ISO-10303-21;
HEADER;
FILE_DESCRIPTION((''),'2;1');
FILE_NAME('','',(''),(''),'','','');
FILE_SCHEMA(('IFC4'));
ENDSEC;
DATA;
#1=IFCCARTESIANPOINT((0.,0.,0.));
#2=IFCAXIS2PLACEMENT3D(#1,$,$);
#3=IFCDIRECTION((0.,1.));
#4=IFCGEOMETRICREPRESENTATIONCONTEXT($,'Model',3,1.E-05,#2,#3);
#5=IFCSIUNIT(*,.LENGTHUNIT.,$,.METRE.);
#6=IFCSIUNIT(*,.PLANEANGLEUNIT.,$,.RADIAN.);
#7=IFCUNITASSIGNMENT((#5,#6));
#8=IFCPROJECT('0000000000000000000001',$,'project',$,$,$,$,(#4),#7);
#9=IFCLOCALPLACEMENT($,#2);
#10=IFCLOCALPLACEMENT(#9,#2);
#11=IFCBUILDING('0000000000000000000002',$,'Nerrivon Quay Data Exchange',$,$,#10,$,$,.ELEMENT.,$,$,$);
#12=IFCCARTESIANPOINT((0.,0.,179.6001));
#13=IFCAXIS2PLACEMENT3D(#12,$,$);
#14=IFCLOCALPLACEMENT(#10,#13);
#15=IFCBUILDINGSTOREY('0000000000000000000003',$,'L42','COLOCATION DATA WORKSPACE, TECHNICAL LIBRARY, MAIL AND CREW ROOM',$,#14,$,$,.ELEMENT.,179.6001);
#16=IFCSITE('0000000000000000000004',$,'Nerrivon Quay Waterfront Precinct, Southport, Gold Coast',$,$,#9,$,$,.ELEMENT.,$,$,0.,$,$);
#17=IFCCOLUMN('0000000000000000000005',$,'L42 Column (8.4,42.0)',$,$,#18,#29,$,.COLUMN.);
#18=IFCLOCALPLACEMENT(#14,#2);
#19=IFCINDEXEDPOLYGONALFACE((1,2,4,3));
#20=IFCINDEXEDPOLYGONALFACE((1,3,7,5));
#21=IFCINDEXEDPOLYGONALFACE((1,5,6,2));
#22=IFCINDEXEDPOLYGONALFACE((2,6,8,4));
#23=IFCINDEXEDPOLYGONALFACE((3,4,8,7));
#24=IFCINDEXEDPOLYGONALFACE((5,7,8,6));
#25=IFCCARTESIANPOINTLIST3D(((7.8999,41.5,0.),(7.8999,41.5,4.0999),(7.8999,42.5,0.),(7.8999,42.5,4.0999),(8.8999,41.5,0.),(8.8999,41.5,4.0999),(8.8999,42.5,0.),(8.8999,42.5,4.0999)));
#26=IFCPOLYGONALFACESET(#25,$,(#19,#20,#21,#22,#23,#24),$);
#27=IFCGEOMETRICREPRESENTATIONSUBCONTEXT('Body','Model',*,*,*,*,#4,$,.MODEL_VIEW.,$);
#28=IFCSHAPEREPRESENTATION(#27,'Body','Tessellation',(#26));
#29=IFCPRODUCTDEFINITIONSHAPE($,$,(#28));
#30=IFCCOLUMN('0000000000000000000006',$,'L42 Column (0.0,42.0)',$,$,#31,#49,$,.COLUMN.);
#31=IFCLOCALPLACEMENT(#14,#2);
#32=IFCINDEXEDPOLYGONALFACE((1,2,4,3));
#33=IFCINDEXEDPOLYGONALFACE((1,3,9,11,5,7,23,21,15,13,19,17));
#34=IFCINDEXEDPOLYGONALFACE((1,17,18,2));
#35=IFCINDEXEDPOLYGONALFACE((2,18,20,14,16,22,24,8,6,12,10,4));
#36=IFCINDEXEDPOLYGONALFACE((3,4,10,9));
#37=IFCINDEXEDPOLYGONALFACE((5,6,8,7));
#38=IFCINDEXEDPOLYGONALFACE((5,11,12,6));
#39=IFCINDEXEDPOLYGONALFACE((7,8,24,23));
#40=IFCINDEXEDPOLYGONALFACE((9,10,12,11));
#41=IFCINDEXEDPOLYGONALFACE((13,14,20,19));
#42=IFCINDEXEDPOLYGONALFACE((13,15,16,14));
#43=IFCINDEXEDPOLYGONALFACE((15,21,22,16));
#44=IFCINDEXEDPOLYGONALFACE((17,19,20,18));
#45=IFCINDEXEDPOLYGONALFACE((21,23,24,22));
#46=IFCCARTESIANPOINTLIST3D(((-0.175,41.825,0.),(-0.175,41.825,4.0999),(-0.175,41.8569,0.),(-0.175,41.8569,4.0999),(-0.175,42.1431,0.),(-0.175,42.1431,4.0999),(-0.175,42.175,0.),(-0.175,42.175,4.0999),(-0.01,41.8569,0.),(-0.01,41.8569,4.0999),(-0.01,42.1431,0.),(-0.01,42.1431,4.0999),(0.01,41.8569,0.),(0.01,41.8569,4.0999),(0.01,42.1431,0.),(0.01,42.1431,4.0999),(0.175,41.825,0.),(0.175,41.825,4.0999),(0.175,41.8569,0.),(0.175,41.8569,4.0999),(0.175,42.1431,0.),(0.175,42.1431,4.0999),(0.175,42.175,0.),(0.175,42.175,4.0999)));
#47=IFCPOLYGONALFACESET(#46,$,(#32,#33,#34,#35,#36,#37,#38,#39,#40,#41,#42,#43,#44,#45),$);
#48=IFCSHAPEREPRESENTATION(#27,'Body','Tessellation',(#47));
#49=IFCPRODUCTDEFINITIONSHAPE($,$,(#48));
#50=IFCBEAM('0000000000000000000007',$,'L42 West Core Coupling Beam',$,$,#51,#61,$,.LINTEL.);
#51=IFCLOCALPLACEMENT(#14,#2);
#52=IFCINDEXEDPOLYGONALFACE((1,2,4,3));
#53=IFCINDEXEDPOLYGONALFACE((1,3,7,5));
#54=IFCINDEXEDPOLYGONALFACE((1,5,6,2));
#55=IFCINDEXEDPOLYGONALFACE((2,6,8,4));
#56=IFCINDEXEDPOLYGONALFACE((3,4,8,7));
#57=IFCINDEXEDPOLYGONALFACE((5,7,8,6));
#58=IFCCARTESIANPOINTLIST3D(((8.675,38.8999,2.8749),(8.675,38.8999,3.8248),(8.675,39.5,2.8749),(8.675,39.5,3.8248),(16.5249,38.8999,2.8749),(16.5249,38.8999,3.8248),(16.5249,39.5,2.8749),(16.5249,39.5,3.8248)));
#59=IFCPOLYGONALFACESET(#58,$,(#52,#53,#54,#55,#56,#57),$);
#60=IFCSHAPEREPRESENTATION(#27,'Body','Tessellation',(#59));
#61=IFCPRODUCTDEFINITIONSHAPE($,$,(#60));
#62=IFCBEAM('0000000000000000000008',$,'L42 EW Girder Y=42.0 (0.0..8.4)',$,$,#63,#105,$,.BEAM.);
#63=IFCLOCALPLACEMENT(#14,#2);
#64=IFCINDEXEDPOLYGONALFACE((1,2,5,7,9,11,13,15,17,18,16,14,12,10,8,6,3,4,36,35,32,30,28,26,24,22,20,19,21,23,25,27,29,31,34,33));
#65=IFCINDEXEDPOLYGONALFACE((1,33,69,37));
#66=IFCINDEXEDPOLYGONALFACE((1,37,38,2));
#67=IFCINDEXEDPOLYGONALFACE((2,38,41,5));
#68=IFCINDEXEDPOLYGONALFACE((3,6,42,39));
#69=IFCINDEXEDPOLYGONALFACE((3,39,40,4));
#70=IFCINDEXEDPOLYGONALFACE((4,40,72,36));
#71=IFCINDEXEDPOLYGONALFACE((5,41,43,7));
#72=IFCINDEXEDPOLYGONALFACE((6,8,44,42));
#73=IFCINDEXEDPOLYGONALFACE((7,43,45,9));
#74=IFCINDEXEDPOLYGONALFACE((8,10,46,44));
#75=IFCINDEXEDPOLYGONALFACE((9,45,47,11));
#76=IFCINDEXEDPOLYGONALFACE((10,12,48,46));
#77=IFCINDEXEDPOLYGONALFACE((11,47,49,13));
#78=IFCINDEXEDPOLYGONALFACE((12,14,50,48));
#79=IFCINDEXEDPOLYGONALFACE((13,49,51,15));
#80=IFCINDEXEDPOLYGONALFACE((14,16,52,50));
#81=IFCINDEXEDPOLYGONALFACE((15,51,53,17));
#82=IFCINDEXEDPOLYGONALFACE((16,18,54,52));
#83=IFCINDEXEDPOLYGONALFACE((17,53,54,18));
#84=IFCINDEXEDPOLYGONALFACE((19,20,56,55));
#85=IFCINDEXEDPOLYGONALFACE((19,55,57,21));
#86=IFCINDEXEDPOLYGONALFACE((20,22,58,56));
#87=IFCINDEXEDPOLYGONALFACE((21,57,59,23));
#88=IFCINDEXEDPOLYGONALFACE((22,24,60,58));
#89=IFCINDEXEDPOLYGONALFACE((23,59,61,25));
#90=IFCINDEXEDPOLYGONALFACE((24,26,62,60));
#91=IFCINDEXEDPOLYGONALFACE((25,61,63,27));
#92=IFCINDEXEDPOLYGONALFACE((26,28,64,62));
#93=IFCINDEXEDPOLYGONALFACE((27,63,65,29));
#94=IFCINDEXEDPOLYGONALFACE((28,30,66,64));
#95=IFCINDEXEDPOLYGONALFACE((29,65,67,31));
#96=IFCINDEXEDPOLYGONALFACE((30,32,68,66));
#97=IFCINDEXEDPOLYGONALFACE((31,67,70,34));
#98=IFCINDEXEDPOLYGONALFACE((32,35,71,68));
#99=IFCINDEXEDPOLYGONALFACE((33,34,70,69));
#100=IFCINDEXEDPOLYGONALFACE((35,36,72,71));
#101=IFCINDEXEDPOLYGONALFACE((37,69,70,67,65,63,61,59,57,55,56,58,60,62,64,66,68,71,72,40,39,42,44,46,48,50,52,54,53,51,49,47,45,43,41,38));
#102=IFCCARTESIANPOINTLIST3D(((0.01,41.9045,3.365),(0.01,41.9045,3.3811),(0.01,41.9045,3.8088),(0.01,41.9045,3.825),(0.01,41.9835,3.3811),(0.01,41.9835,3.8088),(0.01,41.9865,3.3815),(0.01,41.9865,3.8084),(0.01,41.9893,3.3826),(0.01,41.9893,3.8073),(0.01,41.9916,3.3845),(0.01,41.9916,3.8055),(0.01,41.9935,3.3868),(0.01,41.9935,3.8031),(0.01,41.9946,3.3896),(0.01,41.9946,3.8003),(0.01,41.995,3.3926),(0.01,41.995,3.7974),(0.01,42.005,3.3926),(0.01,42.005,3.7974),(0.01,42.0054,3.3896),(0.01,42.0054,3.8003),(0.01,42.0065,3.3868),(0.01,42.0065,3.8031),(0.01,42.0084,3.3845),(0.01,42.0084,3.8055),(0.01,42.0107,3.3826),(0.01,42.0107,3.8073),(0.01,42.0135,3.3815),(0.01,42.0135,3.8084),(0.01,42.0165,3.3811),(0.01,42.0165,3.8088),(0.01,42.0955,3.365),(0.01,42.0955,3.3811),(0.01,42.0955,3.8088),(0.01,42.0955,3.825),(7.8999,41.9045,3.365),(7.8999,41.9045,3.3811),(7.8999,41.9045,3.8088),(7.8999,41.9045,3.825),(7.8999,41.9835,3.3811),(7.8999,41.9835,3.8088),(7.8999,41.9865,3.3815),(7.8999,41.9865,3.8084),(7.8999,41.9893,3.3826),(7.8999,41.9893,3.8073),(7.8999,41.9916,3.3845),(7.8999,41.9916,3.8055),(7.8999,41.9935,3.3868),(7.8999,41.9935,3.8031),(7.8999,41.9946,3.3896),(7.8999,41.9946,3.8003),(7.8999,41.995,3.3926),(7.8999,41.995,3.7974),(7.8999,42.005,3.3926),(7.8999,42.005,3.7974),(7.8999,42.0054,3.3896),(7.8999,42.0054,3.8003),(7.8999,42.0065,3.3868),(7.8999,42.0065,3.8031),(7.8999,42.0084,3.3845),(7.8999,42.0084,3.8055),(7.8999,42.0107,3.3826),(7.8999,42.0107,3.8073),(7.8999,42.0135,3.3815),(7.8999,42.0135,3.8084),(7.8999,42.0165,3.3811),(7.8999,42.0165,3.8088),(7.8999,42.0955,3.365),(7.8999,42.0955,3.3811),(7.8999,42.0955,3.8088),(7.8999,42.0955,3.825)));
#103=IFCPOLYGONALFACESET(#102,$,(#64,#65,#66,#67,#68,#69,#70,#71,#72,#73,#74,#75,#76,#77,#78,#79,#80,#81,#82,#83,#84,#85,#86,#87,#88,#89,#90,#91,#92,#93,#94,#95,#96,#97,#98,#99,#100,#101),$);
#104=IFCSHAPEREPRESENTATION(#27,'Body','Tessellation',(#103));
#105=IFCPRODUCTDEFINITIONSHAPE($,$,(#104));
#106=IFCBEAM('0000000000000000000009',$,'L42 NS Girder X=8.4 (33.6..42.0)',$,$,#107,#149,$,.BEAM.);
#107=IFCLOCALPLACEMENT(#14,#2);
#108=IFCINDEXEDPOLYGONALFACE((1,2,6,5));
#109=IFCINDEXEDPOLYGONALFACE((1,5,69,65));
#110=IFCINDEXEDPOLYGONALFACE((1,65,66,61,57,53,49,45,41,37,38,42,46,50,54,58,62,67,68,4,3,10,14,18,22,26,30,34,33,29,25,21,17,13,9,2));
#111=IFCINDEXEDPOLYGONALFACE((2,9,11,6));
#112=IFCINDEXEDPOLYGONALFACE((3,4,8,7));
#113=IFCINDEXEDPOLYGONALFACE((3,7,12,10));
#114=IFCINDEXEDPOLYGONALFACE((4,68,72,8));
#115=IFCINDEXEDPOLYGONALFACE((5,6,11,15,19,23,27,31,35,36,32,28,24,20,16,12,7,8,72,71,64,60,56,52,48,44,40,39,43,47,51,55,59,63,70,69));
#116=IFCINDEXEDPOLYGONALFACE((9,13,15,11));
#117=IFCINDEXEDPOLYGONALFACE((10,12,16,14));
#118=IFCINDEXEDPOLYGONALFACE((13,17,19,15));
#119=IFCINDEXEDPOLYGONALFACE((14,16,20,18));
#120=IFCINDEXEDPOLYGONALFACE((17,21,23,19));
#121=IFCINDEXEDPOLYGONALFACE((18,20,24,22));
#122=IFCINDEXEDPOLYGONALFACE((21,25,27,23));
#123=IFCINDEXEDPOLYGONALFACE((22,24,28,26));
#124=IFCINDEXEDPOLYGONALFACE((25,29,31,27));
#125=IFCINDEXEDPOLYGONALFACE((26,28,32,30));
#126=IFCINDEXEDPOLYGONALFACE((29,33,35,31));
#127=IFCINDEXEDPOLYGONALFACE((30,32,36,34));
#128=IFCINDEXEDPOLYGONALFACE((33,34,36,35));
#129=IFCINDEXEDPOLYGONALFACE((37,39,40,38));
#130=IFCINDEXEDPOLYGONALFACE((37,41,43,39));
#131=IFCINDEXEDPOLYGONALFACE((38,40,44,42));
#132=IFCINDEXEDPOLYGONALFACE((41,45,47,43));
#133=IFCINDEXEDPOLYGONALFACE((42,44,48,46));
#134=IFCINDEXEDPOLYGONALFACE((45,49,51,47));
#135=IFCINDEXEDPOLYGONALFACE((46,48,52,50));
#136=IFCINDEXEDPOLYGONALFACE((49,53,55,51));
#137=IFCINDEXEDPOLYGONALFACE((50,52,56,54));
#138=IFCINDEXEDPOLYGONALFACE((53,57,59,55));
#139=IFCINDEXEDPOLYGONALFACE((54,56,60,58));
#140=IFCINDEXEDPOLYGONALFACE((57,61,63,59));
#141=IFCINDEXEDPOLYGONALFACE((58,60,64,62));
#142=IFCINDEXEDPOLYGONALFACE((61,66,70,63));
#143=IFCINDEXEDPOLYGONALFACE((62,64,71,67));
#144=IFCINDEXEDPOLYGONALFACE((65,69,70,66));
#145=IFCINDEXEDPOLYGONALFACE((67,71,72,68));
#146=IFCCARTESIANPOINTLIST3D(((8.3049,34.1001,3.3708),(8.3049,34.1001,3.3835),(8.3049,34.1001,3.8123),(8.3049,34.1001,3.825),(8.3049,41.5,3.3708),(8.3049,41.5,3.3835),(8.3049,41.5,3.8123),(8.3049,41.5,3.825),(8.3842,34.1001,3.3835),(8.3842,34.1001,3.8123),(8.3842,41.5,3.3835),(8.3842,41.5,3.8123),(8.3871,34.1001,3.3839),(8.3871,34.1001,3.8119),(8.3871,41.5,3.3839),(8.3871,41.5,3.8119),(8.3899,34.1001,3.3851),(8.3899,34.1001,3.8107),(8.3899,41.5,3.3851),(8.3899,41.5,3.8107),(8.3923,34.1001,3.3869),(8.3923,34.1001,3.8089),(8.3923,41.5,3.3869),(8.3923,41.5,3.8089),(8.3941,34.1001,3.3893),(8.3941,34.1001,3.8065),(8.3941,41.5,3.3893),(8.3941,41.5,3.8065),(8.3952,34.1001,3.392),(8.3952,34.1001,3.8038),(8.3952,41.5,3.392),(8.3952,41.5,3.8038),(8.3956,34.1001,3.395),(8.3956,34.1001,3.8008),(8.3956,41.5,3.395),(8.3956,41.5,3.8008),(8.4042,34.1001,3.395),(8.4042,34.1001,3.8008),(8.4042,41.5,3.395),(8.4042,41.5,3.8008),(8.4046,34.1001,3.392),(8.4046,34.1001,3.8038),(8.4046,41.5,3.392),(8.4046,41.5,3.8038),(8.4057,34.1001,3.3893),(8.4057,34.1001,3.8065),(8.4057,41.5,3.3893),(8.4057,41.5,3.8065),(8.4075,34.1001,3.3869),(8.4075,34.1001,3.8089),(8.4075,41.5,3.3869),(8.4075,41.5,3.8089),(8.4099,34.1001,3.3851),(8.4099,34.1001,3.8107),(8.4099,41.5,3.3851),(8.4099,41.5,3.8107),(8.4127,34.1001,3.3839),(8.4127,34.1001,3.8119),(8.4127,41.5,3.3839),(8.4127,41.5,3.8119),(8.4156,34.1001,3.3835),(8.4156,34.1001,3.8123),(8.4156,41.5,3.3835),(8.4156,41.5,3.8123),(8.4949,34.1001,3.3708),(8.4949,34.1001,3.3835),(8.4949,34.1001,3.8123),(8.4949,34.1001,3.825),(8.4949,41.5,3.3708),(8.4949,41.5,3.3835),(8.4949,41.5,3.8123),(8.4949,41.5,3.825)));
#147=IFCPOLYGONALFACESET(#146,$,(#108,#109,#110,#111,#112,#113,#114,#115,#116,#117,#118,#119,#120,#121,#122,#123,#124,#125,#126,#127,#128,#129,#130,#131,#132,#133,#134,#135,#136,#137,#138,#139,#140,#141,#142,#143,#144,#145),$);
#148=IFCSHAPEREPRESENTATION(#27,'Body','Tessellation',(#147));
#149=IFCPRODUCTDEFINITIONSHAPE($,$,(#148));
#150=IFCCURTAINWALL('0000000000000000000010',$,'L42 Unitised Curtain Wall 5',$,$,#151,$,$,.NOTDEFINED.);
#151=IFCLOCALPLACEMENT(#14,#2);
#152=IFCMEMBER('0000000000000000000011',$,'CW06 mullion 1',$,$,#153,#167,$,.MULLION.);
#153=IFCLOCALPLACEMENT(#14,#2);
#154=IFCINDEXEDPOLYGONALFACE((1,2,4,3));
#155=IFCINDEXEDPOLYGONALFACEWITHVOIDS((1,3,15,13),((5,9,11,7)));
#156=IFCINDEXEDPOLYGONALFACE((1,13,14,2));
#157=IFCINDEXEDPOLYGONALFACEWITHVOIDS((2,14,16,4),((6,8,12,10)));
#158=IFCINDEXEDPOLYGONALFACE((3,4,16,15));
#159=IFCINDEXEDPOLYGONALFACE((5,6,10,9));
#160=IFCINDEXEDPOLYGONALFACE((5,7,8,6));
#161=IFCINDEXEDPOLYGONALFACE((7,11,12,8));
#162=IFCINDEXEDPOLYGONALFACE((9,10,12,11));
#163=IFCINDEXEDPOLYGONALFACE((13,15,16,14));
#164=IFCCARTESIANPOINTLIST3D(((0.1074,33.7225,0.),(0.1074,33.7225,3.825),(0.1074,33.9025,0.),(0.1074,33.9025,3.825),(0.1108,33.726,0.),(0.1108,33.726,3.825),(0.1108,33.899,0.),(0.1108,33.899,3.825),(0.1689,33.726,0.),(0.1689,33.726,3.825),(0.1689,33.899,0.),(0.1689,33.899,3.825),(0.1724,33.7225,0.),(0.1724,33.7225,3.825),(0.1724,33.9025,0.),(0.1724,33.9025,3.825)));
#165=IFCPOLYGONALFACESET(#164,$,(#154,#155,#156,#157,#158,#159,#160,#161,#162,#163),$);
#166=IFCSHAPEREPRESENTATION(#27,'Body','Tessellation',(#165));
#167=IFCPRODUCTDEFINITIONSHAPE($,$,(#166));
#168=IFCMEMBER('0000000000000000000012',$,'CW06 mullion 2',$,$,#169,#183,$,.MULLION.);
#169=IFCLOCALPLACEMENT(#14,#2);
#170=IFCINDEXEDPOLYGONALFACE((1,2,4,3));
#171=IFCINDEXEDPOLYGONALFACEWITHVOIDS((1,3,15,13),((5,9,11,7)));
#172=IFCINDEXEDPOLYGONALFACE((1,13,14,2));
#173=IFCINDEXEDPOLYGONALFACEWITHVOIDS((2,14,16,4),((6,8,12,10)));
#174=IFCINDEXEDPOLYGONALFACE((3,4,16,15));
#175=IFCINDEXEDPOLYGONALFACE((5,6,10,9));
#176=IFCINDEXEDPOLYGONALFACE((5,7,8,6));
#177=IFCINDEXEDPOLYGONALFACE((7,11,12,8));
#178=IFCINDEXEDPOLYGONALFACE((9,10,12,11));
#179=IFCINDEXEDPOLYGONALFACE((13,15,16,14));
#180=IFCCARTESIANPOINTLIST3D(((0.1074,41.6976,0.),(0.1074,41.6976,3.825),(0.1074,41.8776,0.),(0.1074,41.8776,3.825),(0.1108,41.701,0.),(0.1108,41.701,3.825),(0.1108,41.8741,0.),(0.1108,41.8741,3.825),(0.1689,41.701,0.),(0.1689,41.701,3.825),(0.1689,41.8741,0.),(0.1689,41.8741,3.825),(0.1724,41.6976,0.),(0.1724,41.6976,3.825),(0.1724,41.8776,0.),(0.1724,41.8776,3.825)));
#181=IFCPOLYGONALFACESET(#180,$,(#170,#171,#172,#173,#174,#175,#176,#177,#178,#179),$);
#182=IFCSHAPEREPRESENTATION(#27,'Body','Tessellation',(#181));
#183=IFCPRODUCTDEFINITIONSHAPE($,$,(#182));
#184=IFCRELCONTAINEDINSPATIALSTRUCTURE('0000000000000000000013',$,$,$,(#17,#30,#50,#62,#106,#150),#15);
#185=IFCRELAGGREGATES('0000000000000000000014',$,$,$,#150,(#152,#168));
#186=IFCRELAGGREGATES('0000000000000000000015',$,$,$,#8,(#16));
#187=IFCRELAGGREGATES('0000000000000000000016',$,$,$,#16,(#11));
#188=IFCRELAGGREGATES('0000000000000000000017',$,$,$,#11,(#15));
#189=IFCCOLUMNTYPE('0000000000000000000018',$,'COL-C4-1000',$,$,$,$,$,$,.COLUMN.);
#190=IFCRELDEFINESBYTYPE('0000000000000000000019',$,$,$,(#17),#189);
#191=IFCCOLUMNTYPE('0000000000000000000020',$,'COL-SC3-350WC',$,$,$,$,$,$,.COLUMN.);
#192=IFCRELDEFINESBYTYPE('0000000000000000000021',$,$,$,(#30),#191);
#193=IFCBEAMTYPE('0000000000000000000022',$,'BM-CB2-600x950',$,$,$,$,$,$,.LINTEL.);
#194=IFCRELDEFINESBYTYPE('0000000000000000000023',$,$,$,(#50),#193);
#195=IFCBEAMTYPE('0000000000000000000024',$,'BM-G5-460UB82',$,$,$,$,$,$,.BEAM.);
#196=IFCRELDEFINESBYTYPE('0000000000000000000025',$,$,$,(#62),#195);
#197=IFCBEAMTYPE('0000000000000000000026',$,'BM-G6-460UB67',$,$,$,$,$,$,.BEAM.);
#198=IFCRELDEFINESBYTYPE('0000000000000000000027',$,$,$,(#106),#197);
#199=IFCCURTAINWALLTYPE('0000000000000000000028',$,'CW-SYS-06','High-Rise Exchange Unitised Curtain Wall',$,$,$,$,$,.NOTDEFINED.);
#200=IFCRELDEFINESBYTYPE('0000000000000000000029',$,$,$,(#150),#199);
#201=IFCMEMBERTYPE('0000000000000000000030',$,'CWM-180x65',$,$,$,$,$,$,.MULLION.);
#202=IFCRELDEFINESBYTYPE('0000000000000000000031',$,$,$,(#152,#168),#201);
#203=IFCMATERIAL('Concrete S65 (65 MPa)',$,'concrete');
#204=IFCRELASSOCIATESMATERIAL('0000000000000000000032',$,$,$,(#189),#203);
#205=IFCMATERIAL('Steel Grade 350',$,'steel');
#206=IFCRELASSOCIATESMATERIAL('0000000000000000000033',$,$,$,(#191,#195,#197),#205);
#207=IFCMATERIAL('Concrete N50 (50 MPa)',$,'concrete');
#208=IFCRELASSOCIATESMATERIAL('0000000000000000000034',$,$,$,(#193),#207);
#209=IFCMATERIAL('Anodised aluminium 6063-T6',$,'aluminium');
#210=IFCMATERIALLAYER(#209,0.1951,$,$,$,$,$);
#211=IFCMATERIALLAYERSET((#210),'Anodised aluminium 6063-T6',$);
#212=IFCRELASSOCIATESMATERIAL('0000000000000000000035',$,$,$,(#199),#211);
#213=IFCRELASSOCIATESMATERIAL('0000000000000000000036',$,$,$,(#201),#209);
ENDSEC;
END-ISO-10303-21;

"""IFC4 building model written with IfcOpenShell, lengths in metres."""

from ifc_helpers import new_model, si_unit, direction, frame, origin, origin_2d, place, context, subcontext, project, spatial, rectangle, hollow_rectangle, i_section, extrude, material, layer, layer_set, material_profile, profile_set, type_object, element, aggregate, save


model = new_model("IFC4")

# Units and contexts
model_context = context("Model", 3, precision=1e-05, world=origin(), true_north=direction((0.0, 1.0)))
body_context = subcontext(model_context, "Body", "Model", "MODEL_VIEW")
ifc_project = project(units=[si_unit("LENGTHUNIT", "METRE"), si_unit("PLANEANGLEUNIT", "RADIAN")], contexts=[model_context])

# Site, building, storey
site_placement = place(None, origin())
site = spatial("IfcSite", under=ifc_project, at=site_placement, Name="Nerrivon Quay Waterfront Precinct, Southport, Gold Coast", CompositionType="ELEMENT", RefElevation=0.0)
building_placement = place(site_placement, origin())
building = spatial("IfcBuilding", under=site, at=building_placement, Name="Nerrivon Quay Data Exchange", CompositionType="ELEMENT")
storey_placement = place(building_placement, frame((0.0, 0.0, 179.6001)))
storey = spatial("IfcBuildingStorey", under=building, at=storey_placement, Name="L42", Description="COLOCATION DATA WORKSPACE, TECHNICAL LIBRARY, MAIL AND CREW ROOM", CompositionType="ELEMENT", Elevation=179.6001)

# Columns
ifc_material_1 = material(Name="Concrete S65 (65 MPa)", Category="concrete")
ifc_material_profile_1 = material_profile(ifc_material_1, rectangle(XDim=1.0, YDim=1.0, at=origin_2d()), Name="RC-COL-1000x1000")
ifc_profile_set_1 = profile_set([ifc_material_profile_1], Name="Concrete S65 (65 MPa)")
column_type_1 = type_object("IfcColumnType", Name="COL-C4-1000", PredefinedType="COLUMN", material=ifc_profile_set_1)
column_1_placement = place(storey_placement, frame((8.3999, 42.0, 0.0), z_axis=(0.0, 0.0, 1.0), x_axis=(1.0, 0.0, 0.0)))
element("IfcColumn", 1, at=column_1_placement, inside=storey, type_object=column_type_1, Name="L42 Column (8.4,42.0)", PredefinedType="COLUMN", context=body_context, shape_type="SweptSolid", body=[
    extrude(rectangle(XDim=1.0, YDim=1.0, at=origin_2d()), origin(), (0.0, 0.0, 1.0), 4.0999),
])
ifc_material_2 = material(Name="Steel Grade 350", Category="steel")
ifc_material_profile_2 = material_profile(ifc_material_2, i_section(OverallWidth=0.3501, OverallDepth=0.3501, WebThickness=0.02, FlangeThickness=0.032, at=origin_2d()), Name="350WC230")
ifc_profile_set_2 = profile_set([ifc_material_profile_2], Name="Steel Grade 350")
column_type_2 = type_object("IfcColumnType", Name="COL-SC3-350WC", PredefinedType="COLUMN", material=ifc_profile_set_2)
column_2_placement = place(storey_placement, frame((0.0, 42.0, 0.0), z_axis=(0.0, 0.0, 1.0), x_axis=(1.0, 0.0, 0.0)))
element("IfcColumn", 2, at=column_2_placement, inside=storey, type_object=column_type_2, Name="L42 Column (0.0,42.0)", PredefinedType="COLUMN", context=body_context, shape_type="SweptSolid", body=[
    extrude(i_section(OverallWidth=0.3501, OverallDepth=0.3501, WebThickness=0.02, FlangeThickness=0.032, at=origin_2d()), origin(), (0.0, 0.0, 1.0), 4.0999),
])

# Beams
ifc_material_3 = material(Name="Concrete N50 (50 MPa)", Category="concrete")
ifc_material_profile_3 = material_profile(ifc_material_3, rectangle(XDim=0.6001, YDim=0.95, at=origin_2d()), Name="RC-CB-600x950")
ifc_profile_set_3 = profile_set([ifc_material_profile_3], Name="Concrete N50 (50 MPa)")
beam_type_1 = type_object("IfcBeamType", Name="BM-CB2-600x950", PredefinedType="LINTEL", material=ifc_profile_set_3)
beam_1_placement = place(storey_placement, frame((8.675, 39.2, 3.3499), z_axis=(1.0, 0.0, 0.0), x_axis=(0.0, 1.0, 0.0)))
element("IfcBeam", 3, at=beam_1_placement, inside=storey, type_object=beam_type_1, Name="L42 West Core Coupling Beam", PredefinedType="LINTEL", context=body_context, shape_type="SweptSolid", body=[
    extrude(rectangle(XDim=0.6001, YDim=0.95, at=origin_2d()), origin(), (0.0, 0.0, 1.0), 7.8499),
])
ifc_material_profile_4 = material_profile(ifc_material_2, i_section(OverallWidth=0.1909, OverallDepth=0.46, WebThickness=0.01, FlangeThickness=0.0161, FilletRadius=0.0115, at=origin_2d()), Name="460UB82.1")
ifc_profile_set_4 = profile_set([ifc_material_profile_4], Name="Steel Grade 350")
beam_type_2 = type_object("IfcBeamType", Name="BM-G5-460UB82", PredefinedType="BEAM", material=ifc_profile_set_4)
beam_2_placement = place(storey_placement, frame((0.01, 42.0, 3.595), z_axis=(1.0, 0.0, 0.0), x_axis=(0.0, 1.0, 0.0)))
element("IfcBeam", 4, at=beam_2_placement, inside=storey, type_object=beam_type_2, Name="L42 EW Girder Y=42.0 (0.0..8.4)", PredefinedType="BEAM", context=body_context, shape_type="SweptSolid", body=[
    extrude(i_section(OverallWidth=0.1909, OverallDepth=0.46, WebThickness=0.01, FlangeThickness=0.0161, FilletRadius=0.0115, at=origin_2d()), origin(), (0.0, 0.0, 1.0), 7.8899),
])
ifc_material_profile_5 = material_profile(ifc_material_2, i_section(OverallWidth=0.1899, OverallDepth=0.4541, WebThickness=0.0085, FlangeThickness=0.0127, FilletRadius=0.0115, at=origin_2d()), Name="460UB67.1")
ifc_profile_set_5 = profile_set([ifc_material_profile_5], Name="Steel Grade 350")
beam_type_3 = type_object("IfcBeamType", Name="BM-G6-460UB67", PredefinedType="BEAM", material=ifc_profile_set_5)
beam_3_placement = place(storey_placement, frame((8.3999, 34.1001, 3.5979), z_axis=(0.0, 1.0, 0.0), x_axis=(-1.0, 0.0, 0.0)))
element("IfcBeam", 5, at=beam_3_placement, inside=storey, type_object=beam_type_3, Name="L42 NS Girder X=8.4 (33.6..42.0)", PredefinedType="BEAM", context=body_context, shape_type="SweptSolid", body=[
    extrude(i_section(OverallWidth=0.1899, OverallDepth=0.4541, WebThickness=0.0085, FlangeThickness=0.0127, FilletRadius=0.0115, at=origin_2d()), origin(), (0.0, 0.0, 1.0), 7.3999),
])

# Curtain wall, members
ifc_material_4 = material(Name="Anodised aluminium 6063-T6", Category="aluminium")
ifc_layer_1 = layer(ifc_material_4, 0.1951)
ifc_layer_set_1 = layer_set([ifc_layer_1], Name="Anodised aluminium 6063-T6")
curtain_wall_type = type_object("IfcCurtainWallType", Name="CW-SYS-06", Description="High-Rise Exchange Unitised Curtain Wall", PredefinedType="NOTDEFINED", material=ifc_layer_set_1)
curtain_wall_placement = place(storey_placement, origin())
curtain_wall = element("IfcCurtainWall", 6, at=curtain_wall_placement, inside=storey, type_object=curtain_wall_type, Name="L42 Unitised Curtain Wall 5", PredefinedType="NOTDEFINED")
ifc_material_profile_6 = material_profile(ifc_material_4, hollow_rectangle(XDim=0.0649, YDim=0.1799, WallThickness=0.0034, at=origin_2d()), Name="ALU-MULL-180x65")
ifc_profile_set_6 = profile_set([ifc_material_profile_6], Name="Anodised aluminium 6063-T6")
member_type_1 = type_object("IfcMemberType", Name="CWM-180x65", PredefinedType="MULLION", material=ifc_profile_set_6)
member_1_placement = place(storey_placement, frame((0.1399, 33.8125, 0.0), z_axis=(0.0, 0.0, 1.0), x_axis=(-1.0, 0.0, 0.0)))
member_1 = element("IfcMember", 7, at=member_1_placement, type_object=member_type_1, Name="CW06 mullion 1", PredefinedType="MULLION", context=body_context, shape_type="SweptSolid", body=[
    extrude(hollow_rectangle(XDim=0.0649, YDim=0.1799, WallThickness=0.0034, at=origin_2d()), origin(), (0.0, 0.0, 1.0), 3.825),
])
member_2_placement = place(storey_placement, frame((0.1399, 41.7876, 0.0), z_axis=(0.0, 0.0, 1.0), x_axis=(-1.0, 0.0, 0.0)))
member_2 = element("IfcMember", 8, at=member_2_placement, type_object=member_type_1, Name="CW06 mullion 2", PredefinedType="MULLION", context=body_context, shape_type="SweptSolid", body=[
    extrude(hollow_rectangle(XDim=0.0649, YDim=0.1799, WallThickness=0.0034, at=origin_2d()), origin(), (0.0, 0.0, 1.0), 3.825),
])
aggregate(curtain_wall, [member_1, member_2])

save(model, "model.ifc")
